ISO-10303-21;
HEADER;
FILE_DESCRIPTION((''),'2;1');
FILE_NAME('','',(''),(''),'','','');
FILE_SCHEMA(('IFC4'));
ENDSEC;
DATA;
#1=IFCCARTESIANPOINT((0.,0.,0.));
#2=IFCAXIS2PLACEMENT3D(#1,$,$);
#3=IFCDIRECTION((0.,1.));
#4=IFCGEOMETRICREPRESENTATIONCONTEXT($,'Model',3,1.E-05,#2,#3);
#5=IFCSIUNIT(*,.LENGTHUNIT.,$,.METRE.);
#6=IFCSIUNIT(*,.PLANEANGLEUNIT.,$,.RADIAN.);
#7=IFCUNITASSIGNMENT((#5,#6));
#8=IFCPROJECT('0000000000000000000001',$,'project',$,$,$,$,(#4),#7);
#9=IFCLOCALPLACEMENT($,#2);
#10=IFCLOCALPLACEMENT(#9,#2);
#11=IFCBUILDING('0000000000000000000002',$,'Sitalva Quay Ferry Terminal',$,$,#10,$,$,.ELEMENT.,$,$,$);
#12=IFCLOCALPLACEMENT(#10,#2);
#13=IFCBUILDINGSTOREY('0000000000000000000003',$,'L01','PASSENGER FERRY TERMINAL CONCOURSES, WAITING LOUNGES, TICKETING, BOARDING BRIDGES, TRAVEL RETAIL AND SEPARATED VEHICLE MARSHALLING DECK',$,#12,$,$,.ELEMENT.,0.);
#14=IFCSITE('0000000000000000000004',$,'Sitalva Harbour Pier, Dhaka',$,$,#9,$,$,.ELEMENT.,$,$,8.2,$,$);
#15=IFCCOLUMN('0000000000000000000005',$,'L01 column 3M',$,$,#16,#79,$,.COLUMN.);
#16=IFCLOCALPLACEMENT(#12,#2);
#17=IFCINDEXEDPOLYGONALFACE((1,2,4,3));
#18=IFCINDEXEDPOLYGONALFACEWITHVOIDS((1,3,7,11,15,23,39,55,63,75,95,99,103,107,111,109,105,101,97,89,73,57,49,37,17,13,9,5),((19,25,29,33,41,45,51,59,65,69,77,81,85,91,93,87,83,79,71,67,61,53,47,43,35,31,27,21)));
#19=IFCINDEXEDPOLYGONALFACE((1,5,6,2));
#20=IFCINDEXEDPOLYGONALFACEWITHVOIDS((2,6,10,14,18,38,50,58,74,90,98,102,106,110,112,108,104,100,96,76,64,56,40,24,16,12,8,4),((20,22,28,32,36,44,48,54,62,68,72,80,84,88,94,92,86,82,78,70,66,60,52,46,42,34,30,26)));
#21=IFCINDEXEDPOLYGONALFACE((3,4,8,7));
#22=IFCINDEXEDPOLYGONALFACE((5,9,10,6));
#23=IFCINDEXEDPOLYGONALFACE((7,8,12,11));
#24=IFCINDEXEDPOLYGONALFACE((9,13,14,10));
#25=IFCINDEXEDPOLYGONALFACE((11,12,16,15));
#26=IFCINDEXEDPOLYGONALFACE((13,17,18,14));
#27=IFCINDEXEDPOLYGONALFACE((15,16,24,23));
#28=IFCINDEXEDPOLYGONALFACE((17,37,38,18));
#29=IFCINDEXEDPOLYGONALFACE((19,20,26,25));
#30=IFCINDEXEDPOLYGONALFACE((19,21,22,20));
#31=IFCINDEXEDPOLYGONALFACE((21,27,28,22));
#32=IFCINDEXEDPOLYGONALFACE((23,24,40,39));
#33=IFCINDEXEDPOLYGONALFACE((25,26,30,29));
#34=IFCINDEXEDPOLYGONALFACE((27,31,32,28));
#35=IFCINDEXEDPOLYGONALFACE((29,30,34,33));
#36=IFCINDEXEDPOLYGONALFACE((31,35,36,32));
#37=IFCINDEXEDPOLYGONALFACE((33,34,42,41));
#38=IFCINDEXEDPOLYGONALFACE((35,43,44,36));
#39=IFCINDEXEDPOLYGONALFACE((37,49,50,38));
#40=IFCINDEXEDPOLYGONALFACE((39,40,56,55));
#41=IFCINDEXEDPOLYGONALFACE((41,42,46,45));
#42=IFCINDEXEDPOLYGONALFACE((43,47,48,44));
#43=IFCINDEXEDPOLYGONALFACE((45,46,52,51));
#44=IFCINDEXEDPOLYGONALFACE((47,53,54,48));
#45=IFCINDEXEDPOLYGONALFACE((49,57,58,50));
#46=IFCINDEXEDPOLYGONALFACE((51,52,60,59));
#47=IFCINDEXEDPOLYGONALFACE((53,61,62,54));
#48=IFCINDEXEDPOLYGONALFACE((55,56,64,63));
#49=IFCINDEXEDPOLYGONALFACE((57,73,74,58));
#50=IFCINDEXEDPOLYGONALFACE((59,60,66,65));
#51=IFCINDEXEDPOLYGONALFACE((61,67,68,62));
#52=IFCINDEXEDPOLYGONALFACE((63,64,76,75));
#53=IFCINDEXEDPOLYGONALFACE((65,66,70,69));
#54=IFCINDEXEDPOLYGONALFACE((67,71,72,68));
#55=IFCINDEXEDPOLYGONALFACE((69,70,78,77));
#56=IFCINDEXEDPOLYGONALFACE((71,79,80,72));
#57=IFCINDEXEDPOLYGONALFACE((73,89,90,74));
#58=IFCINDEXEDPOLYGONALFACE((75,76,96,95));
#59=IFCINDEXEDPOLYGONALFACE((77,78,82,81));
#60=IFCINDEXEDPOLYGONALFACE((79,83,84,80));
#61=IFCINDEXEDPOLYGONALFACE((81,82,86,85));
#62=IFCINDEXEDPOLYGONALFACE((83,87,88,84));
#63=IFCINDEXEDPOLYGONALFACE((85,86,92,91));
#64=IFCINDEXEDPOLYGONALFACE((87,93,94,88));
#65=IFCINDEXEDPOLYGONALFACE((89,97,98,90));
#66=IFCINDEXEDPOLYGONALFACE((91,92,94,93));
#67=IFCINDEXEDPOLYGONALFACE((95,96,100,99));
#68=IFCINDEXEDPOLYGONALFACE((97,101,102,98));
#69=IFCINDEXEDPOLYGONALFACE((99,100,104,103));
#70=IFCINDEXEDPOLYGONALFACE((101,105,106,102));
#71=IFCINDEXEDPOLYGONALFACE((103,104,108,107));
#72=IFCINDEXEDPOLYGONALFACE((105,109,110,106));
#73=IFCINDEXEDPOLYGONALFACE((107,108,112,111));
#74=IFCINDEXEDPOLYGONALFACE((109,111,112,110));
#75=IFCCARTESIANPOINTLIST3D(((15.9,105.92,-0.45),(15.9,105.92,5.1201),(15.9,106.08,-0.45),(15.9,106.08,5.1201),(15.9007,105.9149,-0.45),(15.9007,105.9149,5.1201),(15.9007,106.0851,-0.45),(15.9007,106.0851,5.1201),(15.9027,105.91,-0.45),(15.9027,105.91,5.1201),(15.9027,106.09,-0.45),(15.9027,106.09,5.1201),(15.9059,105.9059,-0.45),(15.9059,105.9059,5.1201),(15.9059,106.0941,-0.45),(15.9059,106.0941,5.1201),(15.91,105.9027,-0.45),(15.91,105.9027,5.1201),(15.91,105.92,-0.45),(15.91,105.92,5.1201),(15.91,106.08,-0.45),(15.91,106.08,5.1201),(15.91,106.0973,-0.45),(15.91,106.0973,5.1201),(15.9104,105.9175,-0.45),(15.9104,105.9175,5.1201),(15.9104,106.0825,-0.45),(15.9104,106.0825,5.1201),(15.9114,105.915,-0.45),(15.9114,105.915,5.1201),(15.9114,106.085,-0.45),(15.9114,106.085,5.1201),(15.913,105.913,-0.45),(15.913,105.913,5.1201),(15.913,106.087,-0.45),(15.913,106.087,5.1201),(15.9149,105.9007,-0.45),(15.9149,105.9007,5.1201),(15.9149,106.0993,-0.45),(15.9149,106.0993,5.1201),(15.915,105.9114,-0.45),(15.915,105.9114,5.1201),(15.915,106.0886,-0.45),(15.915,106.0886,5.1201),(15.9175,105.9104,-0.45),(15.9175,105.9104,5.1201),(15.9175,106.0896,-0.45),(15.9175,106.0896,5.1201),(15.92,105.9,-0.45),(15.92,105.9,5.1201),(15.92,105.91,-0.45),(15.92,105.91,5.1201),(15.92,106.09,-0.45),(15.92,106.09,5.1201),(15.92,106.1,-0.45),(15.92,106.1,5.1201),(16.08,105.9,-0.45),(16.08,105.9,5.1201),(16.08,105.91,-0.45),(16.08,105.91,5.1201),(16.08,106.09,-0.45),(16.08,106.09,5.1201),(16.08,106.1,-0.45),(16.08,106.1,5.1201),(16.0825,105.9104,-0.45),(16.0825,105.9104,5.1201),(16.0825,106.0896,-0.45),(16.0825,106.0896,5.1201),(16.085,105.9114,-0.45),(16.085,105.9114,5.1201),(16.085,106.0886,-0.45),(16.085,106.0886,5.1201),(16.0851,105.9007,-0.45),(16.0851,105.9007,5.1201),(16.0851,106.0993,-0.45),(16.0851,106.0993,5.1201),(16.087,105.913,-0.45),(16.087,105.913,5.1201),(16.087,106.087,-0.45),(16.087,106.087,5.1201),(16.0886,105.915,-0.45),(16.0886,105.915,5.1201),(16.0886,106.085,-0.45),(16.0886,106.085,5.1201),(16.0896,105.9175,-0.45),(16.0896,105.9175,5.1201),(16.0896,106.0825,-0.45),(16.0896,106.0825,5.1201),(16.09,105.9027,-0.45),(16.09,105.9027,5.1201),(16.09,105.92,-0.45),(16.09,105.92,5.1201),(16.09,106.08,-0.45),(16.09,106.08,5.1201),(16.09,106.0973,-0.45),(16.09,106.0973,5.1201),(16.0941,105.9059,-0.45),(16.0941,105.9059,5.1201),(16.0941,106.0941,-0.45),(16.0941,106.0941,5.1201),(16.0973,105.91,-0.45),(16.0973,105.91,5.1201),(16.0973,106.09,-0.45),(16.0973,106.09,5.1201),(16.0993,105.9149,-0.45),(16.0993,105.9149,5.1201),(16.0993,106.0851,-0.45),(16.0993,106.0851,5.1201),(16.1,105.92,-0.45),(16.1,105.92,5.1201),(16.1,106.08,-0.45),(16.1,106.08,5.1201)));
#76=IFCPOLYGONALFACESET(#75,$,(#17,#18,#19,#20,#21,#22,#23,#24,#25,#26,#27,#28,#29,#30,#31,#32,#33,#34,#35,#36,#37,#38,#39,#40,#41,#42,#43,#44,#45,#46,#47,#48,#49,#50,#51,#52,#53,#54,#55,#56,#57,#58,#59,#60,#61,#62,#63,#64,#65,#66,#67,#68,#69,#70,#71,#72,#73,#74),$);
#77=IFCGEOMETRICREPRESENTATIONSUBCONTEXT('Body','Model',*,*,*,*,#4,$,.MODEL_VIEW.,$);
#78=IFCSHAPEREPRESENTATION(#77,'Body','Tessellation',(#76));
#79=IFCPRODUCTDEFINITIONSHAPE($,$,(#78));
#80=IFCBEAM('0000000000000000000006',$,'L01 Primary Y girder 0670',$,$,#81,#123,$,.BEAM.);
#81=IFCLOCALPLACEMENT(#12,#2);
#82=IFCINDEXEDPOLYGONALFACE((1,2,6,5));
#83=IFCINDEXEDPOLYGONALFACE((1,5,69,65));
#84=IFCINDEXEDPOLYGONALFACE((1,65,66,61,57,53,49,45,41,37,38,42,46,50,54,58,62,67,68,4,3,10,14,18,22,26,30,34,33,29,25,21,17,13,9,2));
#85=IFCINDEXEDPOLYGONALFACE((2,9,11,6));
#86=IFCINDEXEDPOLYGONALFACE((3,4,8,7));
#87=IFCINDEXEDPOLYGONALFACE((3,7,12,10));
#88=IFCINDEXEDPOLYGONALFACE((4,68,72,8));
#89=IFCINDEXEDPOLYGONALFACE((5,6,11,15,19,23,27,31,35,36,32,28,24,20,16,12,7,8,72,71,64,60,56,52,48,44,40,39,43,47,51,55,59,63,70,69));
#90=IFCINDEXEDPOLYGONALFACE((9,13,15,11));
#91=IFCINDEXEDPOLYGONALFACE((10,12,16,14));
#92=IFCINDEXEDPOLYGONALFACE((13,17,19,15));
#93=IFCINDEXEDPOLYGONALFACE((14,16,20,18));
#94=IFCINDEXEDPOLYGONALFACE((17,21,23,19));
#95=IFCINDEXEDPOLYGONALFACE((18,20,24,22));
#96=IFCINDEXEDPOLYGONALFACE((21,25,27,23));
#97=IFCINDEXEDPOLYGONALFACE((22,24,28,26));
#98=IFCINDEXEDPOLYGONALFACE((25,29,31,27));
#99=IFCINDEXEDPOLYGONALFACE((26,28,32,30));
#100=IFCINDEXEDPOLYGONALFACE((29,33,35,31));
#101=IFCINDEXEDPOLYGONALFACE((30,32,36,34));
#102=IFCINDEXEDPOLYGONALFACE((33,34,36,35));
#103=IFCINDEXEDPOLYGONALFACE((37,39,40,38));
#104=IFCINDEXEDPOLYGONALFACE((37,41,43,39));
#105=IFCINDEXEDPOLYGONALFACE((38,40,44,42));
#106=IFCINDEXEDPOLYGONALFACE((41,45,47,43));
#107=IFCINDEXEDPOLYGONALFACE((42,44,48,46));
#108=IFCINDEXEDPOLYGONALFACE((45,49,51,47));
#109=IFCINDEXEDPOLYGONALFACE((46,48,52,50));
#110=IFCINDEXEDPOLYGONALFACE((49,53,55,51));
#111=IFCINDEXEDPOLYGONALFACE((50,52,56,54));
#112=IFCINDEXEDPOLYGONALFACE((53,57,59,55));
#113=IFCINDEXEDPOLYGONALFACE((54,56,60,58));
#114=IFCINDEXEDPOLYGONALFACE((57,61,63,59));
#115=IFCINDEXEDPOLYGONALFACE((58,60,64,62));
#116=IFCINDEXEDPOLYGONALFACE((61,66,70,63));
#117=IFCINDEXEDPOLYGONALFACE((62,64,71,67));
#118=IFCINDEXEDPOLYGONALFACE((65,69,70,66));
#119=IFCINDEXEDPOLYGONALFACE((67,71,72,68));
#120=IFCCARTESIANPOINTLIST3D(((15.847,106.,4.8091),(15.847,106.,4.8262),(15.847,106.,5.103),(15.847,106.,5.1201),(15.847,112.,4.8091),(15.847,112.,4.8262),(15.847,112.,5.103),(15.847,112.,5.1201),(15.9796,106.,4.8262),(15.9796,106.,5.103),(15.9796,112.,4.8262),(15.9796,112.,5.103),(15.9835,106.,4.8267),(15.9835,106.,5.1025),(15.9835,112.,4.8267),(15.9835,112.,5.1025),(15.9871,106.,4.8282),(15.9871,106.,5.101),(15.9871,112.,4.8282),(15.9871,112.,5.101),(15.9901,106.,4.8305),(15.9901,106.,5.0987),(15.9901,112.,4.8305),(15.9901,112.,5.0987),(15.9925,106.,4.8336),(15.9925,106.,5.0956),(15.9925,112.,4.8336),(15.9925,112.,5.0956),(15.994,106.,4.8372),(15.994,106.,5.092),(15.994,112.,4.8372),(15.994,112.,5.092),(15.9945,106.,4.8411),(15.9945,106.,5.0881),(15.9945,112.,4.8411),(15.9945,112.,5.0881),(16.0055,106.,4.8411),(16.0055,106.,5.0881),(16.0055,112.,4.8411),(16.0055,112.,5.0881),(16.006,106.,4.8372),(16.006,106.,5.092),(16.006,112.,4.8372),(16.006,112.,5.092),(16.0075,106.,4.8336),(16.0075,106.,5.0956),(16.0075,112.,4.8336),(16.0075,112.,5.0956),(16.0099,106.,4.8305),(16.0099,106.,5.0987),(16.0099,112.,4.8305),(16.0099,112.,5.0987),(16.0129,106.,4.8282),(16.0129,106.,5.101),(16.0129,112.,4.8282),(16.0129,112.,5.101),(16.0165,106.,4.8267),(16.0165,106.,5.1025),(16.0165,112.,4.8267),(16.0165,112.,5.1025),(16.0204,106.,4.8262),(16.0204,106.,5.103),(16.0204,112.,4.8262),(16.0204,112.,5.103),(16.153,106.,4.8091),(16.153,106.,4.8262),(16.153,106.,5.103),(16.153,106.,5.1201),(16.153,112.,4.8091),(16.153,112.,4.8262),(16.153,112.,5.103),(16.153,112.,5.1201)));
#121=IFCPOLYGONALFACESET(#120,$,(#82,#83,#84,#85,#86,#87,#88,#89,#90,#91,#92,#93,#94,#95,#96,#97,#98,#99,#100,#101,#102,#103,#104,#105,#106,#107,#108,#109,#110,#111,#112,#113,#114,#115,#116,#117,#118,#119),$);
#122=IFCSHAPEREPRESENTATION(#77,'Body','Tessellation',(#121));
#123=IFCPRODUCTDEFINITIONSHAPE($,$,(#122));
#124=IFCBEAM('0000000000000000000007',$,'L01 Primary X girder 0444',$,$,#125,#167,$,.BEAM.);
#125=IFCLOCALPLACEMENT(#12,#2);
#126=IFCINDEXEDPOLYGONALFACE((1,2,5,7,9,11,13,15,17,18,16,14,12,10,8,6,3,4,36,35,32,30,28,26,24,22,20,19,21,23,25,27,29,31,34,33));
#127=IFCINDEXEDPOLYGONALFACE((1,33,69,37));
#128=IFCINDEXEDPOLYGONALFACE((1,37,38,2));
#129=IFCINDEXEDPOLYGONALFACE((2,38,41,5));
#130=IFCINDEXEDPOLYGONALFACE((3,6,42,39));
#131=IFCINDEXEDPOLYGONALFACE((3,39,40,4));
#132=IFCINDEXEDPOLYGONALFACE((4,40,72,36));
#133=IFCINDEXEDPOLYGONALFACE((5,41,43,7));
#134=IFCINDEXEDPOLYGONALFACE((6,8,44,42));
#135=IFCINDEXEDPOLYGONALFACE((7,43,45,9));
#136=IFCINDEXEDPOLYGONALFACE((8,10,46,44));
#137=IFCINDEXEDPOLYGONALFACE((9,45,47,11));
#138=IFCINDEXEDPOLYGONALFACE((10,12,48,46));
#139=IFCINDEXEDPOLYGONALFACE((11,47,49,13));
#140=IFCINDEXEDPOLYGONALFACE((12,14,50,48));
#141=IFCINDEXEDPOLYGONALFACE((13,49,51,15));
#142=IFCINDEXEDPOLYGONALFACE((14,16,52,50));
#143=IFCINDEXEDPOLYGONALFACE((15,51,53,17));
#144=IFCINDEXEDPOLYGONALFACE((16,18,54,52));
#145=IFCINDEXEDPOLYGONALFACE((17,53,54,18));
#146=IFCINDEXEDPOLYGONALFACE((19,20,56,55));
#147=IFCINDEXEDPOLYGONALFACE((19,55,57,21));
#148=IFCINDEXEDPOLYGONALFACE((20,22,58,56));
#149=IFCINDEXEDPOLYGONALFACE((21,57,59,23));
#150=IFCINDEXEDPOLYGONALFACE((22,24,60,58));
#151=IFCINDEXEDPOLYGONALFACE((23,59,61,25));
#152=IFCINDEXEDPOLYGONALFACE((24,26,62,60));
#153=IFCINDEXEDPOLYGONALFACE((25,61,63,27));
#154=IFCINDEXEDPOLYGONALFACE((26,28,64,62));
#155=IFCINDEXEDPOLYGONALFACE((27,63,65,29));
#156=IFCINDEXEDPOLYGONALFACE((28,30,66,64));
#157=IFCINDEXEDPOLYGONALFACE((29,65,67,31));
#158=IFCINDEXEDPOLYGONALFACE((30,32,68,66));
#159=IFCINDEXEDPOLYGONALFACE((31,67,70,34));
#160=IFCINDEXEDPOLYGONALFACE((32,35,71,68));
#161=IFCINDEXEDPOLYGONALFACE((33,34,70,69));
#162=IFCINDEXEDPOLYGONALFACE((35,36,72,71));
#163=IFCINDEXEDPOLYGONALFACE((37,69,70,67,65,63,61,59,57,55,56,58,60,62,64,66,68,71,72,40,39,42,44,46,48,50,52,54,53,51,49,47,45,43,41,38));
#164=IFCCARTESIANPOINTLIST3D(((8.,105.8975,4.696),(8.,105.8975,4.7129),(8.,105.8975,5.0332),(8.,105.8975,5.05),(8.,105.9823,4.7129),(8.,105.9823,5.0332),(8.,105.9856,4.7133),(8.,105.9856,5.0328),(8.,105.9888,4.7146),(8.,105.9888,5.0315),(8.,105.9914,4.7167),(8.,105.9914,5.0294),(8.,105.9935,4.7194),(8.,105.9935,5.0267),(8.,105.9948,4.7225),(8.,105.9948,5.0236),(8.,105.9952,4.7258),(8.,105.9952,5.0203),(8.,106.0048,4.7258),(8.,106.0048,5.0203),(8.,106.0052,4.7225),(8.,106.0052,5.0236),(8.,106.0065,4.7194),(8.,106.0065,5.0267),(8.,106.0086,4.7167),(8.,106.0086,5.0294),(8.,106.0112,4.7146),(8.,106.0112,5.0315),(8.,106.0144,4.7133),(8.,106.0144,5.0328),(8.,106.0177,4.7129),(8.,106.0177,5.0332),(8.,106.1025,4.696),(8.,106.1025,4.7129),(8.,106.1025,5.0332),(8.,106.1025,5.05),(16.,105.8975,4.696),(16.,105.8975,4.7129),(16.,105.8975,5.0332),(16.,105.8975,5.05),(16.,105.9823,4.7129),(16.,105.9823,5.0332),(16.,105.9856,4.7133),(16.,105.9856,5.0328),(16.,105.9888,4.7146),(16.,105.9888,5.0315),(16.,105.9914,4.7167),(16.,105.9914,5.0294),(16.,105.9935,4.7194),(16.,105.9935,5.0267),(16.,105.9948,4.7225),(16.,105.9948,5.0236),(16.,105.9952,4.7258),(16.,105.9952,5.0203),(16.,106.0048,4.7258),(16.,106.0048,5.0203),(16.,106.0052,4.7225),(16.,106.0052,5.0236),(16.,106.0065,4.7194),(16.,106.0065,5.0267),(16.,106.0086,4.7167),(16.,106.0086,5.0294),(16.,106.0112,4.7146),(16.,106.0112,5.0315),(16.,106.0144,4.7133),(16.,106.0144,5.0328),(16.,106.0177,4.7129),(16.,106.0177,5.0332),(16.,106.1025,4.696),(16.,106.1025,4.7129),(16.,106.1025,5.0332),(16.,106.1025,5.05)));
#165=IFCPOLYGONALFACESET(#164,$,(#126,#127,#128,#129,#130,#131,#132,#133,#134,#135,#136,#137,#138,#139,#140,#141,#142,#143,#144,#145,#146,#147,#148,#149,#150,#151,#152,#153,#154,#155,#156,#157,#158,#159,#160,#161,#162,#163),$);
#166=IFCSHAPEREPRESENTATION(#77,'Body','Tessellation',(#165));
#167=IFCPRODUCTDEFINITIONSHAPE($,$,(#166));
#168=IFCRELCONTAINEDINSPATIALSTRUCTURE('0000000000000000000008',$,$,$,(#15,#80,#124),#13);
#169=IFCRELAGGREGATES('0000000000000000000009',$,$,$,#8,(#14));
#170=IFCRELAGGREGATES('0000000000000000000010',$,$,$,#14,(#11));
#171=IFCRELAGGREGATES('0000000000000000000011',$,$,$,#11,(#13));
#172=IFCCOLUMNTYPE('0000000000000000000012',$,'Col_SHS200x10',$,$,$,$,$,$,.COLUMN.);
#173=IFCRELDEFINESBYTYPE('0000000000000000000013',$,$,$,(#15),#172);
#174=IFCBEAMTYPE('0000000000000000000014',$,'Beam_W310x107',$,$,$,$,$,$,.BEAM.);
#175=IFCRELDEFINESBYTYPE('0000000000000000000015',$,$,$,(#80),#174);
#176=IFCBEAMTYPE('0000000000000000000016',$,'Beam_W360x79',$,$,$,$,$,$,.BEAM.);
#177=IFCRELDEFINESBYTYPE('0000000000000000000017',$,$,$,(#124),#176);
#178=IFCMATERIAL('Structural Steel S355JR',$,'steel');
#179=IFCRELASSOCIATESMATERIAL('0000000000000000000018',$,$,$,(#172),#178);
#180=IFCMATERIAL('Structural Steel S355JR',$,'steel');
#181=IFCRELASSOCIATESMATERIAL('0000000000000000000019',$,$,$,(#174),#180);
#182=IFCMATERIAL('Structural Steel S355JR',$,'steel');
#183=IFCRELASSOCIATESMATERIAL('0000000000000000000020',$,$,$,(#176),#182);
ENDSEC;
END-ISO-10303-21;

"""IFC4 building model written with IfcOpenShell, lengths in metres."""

from ifc_helpers import new_model, si_unit, direction, frame, origin, origin_2d, place, context, subcontext, project, spatial, hollow_rectangle, i_section, extrude, material, material_profile, profile_set, type_object, element, save


model = new_model("IFC4")

# Units and contexts
model_context = context("Model", 3, precision=1e-05, world=origin(), true_north=direction((0.0, 1.0)))
body_context = subcontext(model_context, "Body", "Model", "MODEL_VIEW")
ifc_project = project(units=[si_unit("LENGTHUNIT", "METRE"), si_unit("PLANEANGLEUNIT", "RADIAN")], contexts=[model_context])

# Site, building, storey
site_placement = place(None, origin())
site = spatial("IfcSite", under=ifc_project, at=site_placement, Name="Sitalva Harbour Pier, Dhaka", CompositionType="ELEMENT", RefElevation=8.2)
building_placement = place(site_placement, origin())
building = spatial("IfcBuilding", under=site, at=building_placement, Name="Sitalva Quay Ferry Terminal", CompositionType="ELEMENT")
storey_placement = place(building_placement, origin())
storey = spatial("IfcBuildingStorey", under=building, at=storey_placement, Name="L01", Description="PASSENGER FERRY TERMINAL CONCOURSES, WAITING LOUNGES, TICKETING, BOARDING BRIDGES, TRAVEL RETAIL AND SEPARATED VEHICLE MARSHALLING DECK", CompositionType="ELEMENT", Elevation=0.0)

# Column
ifc_material_1 = material(Name="Structural Steel S355JR", Category="steel")
ifc_material_profile_1 = material_profile(ifc_material_1, hollow_rectangle(XDim=0.2, YDim=0.2, WallThickness=0.01, InnerFilletRadius=0.01, OuterFilletRadius=0.02, at=origin_2d()), Name="SHS200x200x10")
ifc_profile_set_1 = profile_set([ifc_material_profile_1], Name="Structural Steel S355JR")
column_type = type_object("IfcColumnType", Name="Col_SHS200x10", PredefinedType="COLUMN", material=ifc_profile_set_1)
for number, where, z_axis, x_axis, name in (
    (1, (16.0, 106.0, -0.45), (0.0, 0.0, 1.0), (1.0, 0.0, 0.0), "L01 column 3M"),
):
    element("IfcColumn", number, at=place(storey_placement, frame(where, z_axis=z_axis, x_axis=x_axis)), inside=storey, type_object=column_type, Name=name, PredefinedType="COLUMN", context=body_context, shape_type="SweptSolid", body=[
        extrude(hollow_rectangle(XDim=0.2, YDim=0.2, WallThickness=0.01, InnerFilletRadius=0.01, OuterFilletRadius=0.02, at=origin_2d()), origin(), (0.0, 0.0, 1.0), 5.5701),
    ])

# Beams
ifc_material_2 = material(Name="Structural Steel S355JR", Category="steel")
ifc_material_profile_2 = material_profile(ifc_material_2, i_section(OverallWidth=0.3059, OverallDepth=0.311, WebThickness=0.011, FlangeThickness=0.0171, FilletRadius=0.0149, at=origin_2d()), Name="W310x107")
ifc_profile_set_2 = profile_set([ifc_material_profile_2], Name="Structural Steel S355JR")
beam_type_1 = type_object("IfcBeamType", Name="Beam_W310x107", PredefinedType="BEAM", material=ifc_profile_set_2)
beam_1_placement = place(storey_placement, frame((16.0, 106.0, 4.9646), z_axis=(0.0, 1.0, 0.0), x_axis=(-1.0, 0.0, 0.0)))
element("IfcBeam", 2, at=beam_1_placement, inside=storey, type_object=beam_type_1, Name="L01 Primary Y girder 0670", PredefinedType="BEAM", context=body_context, shape_type="SweptSolid", body=[
    extrude(i_section(OverallWidth=0.3059, OverallDepth=0.311, WebThickness=0.011, FlangeThickness=0.0171, FilletRadius=0.0149, at=origin_2d()), origin(), (0.0, 0.0, 1.0), 6.0),
])
ifc_material_3 = material(Name="Structural Steel S355JR", Category="steel")
ifc_material_profile_3 = material_profile(ifc_material_3, i_section(OverallWidth=0.2051, OverallDepth=0.354, WebThickness=0.0095, FlangeThickness=0.0168, FilletRadius=0.0129, at=origin_2d()), Name="W360x79")
ifc_profile_set_3 = profile_set([ifc_material_profile_3], Name="Structural Steel S355JR")
beam_type_2 = type_object("IfcBeamType", Name="Beam_W360x79", PredefinedType="BEAM", material=ifc_profile_set_3)
beam_2_placement = place(storey_placement, frame((8.0, 106.0, 4.873), z_axis=(1.0, 0.0, 0.0), x_axis=(0.0, 1.0, 0.0)))
element("IfcBeam", 3, at=beam_2_placement, inside=storey, type_object=beam_type_2, Name="L01 Primary X girder 0444", PredefinedType="BEAM", context=body_context, shape_type="SweptSolid", body=[
    extrude(i_section(OverallWidth=0.2051, OverallDepth=0.354, WebThickness=0.0095, FlangeThickness=0.0168, FilletRadius=0.0129, at=origin_2d()), origin(), (0.0, 0.0, 1.0), 8.0),
])

save(model, "model.ifc")
